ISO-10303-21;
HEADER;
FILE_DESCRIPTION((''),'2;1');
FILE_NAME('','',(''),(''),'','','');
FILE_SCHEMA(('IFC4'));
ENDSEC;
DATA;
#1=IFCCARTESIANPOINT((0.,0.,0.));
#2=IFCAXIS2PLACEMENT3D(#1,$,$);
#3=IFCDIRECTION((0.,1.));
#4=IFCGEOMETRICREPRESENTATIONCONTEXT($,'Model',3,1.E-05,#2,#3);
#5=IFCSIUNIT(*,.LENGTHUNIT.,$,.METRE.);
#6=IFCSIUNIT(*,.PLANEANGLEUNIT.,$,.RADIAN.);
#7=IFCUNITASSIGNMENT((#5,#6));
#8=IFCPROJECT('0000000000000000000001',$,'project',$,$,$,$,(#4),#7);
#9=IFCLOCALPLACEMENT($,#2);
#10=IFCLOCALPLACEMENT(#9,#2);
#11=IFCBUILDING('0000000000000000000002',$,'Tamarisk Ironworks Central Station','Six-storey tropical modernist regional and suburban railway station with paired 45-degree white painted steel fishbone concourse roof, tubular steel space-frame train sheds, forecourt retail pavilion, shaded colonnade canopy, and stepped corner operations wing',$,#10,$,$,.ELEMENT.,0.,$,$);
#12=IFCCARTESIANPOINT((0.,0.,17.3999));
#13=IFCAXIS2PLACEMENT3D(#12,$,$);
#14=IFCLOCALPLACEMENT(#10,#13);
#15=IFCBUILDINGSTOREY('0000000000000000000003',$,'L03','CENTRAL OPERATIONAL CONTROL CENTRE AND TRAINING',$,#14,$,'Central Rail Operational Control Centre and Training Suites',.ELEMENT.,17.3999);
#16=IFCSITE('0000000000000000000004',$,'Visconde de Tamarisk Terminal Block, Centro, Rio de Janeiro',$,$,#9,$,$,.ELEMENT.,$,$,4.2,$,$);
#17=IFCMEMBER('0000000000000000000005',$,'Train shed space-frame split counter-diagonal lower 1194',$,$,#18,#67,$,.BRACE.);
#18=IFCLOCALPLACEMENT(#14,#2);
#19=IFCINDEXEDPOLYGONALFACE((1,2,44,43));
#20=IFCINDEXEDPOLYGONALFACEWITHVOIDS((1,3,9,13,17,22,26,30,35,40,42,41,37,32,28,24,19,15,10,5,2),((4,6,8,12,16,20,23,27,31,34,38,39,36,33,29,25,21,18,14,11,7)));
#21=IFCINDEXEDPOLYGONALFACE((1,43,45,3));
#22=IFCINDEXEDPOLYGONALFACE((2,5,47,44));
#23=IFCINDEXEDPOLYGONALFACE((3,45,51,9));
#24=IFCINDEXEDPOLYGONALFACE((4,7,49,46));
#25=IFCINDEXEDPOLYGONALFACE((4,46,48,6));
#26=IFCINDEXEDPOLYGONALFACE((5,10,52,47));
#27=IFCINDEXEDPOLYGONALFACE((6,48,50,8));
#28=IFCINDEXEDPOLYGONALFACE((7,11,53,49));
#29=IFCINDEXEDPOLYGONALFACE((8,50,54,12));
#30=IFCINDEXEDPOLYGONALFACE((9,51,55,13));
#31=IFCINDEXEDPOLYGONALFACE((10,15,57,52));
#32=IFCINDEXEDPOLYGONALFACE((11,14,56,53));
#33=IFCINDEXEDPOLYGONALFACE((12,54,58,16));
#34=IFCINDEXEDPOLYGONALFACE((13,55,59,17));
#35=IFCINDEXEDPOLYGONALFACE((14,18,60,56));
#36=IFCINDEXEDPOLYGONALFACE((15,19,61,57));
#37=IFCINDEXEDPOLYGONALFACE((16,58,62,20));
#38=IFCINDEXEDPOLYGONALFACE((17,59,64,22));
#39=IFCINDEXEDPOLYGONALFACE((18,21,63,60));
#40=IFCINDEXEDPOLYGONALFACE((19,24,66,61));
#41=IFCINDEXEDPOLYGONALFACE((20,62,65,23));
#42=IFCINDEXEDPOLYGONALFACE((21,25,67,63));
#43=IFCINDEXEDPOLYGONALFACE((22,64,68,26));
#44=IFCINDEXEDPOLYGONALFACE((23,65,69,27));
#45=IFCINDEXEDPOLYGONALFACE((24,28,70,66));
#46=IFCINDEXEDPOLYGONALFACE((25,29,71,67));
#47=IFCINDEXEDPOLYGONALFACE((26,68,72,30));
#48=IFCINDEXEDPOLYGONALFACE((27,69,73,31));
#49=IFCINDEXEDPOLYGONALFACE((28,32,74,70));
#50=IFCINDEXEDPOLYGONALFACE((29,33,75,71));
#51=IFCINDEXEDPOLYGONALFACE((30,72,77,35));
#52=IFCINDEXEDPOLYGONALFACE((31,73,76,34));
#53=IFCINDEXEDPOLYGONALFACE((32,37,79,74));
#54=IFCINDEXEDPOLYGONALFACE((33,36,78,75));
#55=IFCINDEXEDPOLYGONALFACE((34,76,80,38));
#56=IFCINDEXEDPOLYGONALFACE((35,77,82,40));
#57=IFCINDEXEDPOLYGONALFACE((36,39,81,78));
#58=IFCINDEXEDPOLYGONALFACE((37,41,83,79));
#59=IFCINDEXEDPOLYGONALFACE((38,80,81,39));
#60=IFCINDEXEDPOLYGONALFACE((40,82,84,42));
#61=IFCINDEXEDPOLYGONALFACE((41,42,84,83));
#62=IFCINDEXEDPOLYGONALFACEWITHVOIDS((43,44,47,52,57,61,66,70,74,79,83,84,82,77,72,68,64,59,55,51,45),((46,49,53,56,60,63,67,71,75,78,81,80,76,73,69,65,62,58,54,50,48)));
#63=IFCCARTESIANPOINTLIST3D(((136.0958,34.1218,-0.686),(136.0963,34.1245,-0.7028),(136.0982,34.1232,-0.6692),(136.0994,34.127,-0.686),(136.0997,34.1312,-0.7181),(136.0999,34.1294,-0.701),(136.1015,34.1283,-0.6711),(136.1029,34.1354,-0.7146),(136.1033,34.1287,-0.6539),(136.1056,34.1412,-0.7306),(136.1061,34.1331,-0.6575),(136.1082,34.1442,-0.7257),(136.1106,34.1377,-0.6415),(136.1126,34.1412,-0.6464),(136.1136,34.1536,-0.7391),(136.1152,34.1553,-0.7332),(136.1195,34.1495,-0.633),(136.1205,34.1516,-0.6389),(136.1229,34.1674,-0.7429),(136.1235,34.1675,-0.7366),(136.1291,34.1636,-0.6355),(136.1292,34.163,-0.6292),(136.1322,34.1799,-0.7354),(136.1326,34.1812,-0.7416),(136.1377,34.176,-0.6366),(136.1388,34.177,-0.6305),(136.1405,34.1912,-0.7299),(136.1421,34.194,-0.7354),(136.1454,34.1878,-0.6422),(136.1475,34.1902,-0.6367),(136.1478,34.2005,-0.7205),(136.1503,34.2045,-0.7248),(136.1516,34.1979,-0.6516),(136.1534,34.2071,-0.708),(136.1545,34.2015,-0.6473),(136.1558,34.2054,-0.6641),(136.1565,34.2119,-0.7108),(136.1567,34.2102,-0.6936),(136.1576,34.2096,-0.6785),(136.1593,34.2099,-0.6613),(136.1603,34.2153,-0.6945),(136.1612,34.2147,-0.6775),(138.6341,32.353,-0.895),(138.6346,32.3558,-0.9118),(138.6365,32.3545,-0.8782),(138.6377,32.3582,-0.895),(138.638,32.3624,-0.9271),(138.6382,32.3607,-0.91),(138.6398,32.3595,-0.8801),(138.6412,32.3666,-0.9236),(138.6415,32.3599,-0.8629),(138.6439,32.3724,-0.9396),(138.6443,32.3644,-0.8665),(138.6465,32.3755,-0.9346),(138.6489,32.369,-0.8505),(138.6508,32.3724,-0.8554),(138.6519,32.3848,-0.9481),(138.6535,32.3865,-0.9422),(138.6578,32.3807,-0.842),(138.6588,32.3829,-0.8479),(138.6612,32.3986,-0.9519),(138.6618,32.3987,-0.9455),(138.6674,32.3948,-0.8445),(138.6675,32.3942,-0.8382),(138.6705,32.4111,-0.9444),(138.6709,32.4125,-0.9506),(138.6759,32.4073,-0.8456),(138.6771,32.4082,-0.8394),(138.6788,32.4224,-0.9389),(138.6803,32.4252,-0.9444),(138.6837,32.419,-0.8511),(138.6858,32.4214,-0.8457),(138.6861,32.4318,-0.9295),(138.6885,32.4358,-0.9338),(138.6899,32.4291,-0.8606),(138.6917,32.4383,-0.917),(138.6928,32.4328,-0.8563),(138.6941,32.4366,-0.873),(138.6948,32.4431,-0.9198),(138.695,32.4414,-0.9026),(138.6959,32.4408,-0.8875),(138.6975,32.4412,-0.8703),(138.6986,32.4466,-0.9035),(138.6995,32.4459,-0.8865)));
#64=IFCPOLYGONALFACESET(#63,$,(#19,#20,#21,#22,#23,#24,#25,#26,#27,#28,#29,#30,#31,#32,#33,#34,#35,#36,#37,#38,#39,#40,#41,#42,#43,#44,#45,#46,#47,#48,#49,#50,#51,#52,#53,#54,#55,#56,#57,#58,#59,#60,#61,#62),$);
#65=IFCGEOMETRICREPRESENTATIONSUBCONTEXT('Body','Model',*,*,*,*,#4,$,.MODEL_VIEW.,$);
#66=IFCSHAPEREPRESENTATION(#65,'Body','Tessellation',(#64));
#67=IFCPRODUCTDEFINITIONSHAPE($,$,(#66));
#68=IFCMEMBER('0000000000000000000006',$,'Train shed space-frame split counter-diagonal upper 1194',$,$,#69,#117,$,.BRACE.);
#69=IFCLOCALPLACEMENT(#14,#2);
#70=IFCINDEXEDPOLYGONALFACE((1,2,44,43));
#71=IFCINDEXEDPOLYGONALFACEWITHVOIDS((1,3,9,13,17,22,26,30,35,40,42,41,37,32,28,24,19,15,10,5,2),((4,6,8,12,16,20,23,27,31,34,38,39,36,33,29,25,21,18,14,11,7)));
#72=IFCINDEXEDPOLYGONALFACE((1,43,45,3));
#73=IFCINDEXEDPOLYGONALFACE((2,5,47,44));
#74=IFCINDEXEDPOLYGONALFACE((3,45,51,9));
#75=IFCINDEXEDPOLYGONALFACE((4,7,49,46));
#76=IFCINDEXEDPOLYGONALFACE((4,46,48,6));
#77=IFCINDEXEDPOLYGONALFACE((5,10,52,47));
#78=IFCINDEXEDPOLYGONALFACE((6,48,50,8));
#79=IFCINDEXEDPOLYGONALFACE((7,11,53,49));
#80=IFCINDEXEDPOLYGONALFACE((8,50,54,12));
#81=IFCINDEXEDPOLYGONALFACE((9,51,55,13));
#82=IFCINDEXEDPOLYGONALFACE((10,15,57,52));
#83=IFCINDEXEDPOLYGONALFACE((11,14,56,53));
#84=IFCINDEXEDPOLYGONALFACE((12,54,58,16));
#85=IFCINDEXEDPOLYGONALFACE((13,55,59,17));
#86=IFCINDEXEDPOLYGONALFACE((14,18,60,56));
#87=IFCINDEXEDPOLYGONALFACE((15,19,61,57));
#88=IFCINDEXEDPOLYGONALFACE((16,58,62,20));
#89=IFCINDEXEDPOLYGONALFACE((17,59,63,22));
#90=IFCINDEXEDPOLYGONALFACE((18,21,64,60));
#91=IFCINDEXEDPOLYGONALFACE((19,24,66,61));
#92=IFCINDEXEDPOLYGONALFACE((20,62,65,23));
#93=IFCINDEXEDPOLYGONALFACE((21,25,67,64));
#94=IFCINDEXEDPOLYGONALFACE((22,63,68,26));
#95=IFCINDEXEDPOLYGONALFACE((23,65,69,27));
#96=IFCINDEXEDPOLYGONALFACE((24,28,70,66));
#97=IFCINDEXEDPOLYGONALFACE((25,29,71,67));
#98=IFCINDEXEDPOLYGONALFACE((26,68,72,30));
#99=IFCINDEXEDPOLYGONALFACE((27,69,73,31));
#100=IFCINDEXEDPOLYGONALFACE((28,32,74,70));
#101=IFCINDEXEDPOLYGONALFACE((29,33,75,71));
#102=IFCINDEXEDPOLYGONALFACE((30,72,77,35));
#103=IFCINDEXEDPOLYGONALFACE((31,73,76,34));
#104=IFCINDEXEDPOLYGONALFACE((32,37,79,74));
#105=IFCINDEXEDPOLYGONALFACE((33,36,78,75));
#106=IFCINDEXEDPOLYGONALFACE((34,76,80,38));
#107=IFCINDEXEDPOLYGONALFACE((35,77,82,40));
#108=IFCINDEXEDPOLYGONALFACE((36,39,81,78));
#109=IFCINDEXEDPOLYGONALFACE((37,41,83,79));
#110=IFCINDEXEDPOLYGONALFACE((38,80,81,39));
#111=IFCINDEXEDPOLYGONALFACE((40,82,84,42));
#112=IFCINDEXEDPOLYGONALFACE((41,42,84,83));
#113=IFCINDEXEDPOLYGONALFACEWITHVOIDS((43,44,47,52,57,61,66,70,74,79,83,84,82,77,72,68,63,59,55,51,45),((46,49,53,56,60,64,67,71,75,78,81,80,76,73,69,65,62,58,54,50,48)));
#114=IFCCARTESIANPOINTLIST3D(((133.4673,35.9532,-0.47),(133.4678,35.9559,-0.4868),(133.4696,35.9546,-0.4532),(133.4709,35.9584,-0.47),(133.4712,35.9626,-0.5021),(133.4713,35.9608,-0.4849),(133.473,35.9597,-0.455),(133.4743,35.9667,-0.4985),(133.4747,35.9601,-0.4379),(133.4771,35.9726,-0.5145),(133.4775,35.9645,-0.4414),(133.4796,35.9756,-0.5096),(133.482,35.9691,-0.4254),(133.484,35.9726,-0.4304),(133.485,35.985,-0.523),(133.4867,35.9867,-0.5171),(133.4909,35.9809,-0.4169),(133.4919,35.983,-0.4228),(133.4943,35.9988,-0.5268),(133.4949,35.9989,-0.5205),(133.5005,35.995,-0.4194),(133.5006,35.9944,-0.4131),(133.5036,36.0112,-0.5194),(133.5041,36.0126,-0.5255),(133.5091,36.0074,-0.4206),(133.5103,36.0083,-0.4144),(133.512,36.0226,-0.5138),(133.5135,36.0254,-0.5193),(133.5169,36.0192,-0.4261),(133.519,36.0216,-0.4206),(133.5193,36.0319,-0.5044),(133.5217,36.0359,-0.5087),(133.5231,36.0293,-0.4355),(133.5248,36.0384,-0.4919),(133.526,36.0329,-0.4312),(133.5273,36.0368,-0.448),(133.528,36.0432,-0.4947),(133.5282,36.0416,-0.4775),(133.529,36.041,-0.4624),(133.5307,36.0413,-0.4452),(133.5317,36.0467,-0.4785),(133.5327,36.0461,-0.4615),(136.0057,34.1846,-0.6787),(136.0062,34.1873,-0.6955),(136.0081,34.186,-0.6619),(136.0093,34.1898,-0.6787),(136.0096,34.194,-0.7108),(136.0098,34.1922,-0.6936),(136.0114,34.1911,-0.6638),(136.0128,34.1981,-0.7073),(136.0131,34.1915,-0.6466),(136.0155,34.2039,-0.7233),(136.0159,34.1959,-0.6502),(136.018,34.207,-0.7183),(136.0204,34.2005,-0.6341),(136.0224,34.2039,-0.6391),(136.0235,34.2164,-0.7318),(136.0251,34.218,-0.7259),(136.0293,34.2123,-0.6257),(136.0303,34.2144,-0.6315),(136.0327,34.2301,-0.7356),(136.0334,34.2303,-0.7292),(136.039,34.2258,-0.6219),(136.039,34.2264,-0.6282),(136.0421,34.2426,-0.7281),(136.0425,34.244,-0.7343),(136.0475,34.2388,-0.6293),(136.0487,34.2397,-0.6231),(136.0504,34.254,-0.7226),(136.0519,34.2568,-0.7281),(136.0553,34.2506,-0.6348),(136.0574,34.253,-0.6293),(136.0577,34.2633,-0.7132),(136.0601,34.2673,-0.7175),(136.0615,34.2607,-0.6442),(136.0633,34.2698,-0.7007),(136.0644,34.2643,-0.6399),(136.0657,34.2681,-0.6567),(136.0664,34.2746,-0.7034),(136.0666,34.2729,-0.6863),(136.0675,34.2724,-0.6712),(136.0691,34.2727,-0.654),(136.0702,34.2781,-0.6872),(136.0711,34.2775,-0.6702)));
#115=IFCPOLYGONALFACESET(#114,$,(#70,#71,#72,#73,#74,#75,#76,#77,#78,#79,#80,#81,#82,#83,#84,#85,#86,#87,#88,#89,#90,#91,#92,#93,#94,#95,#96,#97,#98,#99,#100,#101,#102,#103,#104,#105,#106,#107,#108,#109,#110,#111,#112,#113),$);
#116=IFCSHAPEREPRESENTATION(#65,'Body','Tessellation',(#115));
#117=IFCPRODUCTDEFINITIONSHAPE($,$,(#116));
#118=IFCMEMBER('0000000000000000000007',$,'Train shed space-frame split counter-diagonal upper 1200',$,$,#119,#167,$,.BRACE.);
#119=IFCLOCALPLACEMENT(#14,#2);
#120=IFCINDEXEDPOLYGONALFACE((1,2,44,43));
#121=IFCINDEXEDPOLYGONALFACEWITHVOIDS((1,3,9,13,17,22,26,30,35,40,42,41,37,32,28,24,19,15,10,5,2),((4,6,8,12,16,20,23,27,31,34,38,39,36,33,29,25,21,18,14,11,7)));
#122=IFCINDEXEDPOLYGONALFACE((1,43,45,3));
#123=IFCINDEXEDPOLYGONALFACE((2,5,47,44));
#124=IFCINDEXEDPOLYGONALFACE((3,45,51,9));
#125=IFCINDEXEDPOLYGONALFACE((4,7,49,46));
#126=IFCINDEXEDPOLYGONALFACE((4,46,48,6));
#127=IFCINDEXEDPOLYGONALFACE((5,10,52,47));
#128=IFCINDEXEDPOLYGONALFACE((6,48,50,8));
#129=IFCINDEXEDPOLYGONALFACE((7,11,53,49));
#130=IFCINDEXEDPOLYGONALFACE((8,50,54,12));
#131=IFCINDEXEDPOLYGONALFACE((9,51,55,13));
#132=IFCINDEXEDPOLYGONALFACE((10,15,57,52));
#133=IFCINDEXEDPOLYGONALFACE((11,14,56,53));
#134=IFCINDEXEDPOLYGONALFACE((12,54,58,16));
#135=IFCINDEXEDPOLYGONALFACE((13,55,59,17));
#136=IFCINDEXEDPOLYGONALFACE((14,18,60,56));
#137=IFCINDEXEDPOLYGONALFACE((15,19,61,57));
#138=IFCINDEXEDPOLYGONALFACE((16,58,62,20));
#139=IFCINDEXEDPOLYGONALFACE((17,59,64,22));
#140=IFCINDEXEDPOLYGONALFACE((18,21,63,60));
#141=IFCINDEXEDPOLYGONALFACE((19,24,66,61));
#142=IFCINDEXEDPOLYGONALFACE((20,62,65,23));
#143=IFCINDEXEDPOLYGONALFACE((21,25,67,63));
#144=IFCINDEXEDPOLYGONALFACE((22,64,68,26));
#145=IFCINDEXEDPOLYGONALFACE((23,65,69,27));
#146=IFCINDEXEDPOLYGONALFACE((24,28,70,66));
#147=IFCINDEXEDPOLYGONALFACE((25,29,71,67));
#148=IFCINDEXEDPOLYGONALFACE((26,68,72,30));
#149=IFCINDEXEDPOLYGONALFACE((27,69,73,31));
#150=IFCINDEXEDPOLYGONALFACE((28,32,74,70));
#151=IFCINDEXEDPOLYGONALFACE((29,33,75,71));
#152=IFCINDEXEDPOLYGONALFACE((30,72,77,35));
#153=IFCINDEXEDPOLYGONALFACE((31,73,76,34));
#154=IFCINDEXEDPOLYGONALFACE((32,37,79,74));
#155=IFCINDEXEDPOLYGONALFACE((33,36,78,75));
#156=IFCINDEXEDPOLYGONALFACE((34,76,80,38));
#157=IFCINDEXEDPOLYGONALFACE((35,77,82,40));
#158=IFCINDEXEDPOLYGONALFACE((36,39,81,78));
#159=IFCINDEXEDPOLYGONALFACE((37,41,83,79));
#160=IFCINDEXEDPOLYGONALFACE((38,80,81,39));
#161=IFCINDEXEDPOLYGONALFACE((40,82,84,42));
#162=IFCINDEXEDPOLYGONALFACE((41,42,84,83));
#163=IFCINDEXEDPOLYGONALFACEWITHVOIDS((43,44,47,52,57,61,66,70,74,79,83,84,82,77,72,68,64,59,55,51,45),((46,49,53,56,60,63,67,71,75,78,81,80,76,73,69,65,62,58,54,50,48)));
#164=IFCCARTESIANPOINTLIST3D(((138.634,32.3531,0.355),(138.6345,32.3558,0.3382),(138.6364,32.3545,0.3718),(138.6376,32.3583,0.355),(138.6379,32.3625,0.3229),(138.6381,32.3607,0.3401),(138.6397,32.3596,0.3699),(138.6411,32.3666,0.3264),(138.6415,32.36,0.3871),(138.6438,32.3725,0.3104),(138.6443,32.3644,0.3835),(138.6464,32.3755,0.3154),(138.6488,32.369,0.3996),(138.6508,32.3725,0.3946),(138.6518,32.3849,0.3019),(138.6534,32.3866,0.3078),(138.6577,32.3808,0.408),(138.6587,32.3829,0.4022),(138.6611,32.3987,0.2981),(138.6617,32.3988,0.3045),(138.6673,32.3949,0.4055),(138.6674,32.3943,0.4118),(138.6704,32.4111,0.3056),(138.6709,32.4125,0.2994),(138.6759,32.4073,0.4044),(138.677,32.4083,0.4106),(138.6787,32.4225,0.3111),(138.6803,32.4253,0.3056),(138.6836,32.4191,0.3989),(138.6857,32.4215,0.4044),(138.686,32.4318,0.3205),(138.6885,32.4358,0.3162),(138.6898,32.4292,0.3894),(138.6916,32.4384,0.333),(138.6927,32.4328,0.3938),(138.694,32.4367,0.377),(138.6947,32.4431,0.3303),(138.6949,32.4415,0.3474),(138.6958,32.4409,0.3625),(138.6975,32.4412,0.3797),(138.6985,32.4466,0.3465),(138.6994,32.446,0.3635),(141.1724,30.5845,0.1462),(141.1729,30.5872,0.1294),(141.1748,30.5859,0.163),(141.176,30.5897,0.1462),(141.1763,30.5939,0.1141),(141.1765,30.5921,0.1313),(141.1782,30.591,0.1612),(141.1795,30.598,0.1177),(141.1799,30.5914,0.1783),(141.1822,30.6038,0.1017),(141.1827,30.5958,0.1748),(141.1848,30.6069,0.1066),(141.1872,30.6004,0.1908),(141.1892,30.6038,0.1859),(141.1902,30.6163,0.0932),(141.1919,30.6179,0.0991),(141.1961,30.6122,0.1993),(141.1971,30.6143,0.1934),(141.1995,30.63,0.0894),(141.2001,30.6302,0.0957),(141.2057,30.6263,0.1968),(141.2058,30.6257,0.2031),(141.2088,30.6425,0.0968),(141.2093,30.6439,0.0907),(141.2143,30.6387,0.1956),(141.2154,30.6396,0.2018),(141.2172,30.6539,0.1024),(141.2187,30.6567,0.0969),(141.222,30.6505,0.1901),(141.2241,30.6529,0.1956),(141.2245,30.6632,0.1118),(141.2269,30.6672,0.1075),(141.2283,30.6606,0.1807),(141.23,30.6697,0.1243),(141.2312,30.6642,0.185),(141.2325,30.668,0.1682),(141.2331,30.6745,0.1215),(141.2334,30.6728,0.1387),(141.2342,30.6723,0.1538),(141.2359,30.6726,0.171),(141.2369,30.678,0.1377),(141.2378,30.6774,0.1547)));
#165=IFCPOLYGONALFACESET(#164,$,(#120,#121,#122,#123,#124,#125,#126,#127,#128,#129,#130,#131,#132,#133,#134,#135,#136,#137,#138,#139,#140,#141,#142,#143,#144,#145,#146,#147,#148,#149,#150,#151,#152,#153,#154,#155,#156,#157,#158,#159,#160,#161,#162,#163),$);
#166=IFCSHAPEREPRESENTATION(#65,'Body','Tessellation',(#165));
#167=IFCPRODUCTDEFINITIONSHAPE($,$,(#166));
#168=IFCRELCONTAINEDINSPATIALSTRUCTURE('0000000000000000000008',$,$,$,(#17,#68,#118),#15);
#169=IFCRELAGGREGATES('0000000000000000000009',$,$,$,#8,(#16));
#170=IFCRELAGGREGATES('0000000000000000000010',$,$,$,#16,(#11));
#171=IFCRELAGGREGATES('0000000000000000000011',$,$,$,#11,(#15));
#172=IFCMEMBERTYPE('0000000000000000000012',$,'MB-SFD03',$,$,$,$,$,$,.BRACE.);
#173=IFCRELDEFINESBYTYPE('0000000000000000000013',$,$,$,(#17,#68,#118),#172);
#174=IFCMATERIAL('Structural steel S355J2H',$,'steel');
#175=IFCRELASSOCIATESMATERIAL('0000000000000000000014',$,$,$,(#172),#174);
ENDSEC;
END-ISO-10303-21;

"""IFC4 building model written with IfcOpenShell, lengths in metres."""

from ifc_helpers import new_model, si_unit, direction, frame, origin, origin_2d, place, context, subcontext, project, spatial, hollow_circle, extrude, material, material_profile, profile_set, type_object, element, save


model = new_model("IFC4")

# Units and contexts
model_context = context("Model", 3, precision=1e-05, world=origin(), true_north=direction((0.0, 1.0)))
body_context = subcontext(model_context, "Body", "Model", "MODEL_VIEW")
ifc_project = project(units=[si_unit("LENGTHUNIT", "METRE"), si_unit("PLANEANGLEUNIT", "RADIAN")], contexts=[model_context])

# Site, building, storey
site_placement = place(None, origin())
site = spatial("IfcSite", under=ifc_project, at=site_placement, Name="Visconde de Tamarisk Terminal Block, Centro, Rio de Janeiro", CompositionType="ELEMENT", RefElevation=4.2)
building_placement = place(site_placement, origin())
building = spatial("IfcBuilding", under=site, at=building_placement, Name="Tamarisk Ironworks Central Station", Description="Six-storey tropical modernist regional and suburban railway station with paired 45-degree white painted steel fishbone concourse roof, tubular steel space-frame train sheds, forecourt retail pavilion, shaded colonnade canopy, and stepped corner operations wing", CompositionType="ELEMENT", ElevationOfRefHeight=0.0)
storey_placement = place(building_placement, frame((0.0, 0.0, 17.3999)))
storey = spatial("IfcBuildingStorey", under=building, at=storey_placement, Name="L03", Description="CENTRAL OPERATIONAL CONTROL CENTRE AND TRAINING", LongName="Central Rail Operational Control Centre and Training Suites", CompositionType="ELEMENT", Elevation=17.3999)

# Members
ifc_material_1 = material(Name="Structural steel S355J2H", Category="steel")
ifc_material_profile_1 = material_profile(ifc_material_1, hollow_circle(Radius=0.0571, WallThickness=0.0063, at=origin_2d()), Name="CHS 114.3x6.3")
ifc_profile_set_1 = profile_set([ifc_material_profile_1], Name="Structural steel S355J2H")
member_type_1 = type_object("IfcMemberType", Name="MB-SFD03", PredefinedType="BRACE", material=ifc_profile_set_1)
for number, where, z_axis, x_axis, name in (
    (1, (138.6667, 32.3999, -0.895), (-0.818584, 0.570419, 0.067395), (-0.571719, -0.82045, 0.0), "Train shed space-frame split counter-diagonal lower 1194"),
    (2, (136.0383, 34.2314, -0.6787), (-0.818625, 0.570369, 0.06732), (-0.571666, -0.820487, 0.0), "Train shed space-frame split counter-diagonal upper 1194"),
    (3, (141.2051, 30.6313, 0.1462), (-0.818625, 0.570369, 0.06732), (-0.571666, -0.820487, 0.0), "Train shed space-frame split counter-diagonal upper 1200"),
):
    element("IfcMember", number, at=place(storey_placement, frame(where, z_axis=z_axis, x_axis=x_axis)), inside=storey, type_object=member_type_1, Name=name, PredefinedType="BRACE", context=body_context, shape_type="SweptSolid", body=[
        extrude(hollow_circle(Radius=0.0571, WallThickness=0.0063, at=origin_2d()), origin(), (0.0, 0.0, 1.0), 3.1008),
    ])

save(model, "model.ifc")
